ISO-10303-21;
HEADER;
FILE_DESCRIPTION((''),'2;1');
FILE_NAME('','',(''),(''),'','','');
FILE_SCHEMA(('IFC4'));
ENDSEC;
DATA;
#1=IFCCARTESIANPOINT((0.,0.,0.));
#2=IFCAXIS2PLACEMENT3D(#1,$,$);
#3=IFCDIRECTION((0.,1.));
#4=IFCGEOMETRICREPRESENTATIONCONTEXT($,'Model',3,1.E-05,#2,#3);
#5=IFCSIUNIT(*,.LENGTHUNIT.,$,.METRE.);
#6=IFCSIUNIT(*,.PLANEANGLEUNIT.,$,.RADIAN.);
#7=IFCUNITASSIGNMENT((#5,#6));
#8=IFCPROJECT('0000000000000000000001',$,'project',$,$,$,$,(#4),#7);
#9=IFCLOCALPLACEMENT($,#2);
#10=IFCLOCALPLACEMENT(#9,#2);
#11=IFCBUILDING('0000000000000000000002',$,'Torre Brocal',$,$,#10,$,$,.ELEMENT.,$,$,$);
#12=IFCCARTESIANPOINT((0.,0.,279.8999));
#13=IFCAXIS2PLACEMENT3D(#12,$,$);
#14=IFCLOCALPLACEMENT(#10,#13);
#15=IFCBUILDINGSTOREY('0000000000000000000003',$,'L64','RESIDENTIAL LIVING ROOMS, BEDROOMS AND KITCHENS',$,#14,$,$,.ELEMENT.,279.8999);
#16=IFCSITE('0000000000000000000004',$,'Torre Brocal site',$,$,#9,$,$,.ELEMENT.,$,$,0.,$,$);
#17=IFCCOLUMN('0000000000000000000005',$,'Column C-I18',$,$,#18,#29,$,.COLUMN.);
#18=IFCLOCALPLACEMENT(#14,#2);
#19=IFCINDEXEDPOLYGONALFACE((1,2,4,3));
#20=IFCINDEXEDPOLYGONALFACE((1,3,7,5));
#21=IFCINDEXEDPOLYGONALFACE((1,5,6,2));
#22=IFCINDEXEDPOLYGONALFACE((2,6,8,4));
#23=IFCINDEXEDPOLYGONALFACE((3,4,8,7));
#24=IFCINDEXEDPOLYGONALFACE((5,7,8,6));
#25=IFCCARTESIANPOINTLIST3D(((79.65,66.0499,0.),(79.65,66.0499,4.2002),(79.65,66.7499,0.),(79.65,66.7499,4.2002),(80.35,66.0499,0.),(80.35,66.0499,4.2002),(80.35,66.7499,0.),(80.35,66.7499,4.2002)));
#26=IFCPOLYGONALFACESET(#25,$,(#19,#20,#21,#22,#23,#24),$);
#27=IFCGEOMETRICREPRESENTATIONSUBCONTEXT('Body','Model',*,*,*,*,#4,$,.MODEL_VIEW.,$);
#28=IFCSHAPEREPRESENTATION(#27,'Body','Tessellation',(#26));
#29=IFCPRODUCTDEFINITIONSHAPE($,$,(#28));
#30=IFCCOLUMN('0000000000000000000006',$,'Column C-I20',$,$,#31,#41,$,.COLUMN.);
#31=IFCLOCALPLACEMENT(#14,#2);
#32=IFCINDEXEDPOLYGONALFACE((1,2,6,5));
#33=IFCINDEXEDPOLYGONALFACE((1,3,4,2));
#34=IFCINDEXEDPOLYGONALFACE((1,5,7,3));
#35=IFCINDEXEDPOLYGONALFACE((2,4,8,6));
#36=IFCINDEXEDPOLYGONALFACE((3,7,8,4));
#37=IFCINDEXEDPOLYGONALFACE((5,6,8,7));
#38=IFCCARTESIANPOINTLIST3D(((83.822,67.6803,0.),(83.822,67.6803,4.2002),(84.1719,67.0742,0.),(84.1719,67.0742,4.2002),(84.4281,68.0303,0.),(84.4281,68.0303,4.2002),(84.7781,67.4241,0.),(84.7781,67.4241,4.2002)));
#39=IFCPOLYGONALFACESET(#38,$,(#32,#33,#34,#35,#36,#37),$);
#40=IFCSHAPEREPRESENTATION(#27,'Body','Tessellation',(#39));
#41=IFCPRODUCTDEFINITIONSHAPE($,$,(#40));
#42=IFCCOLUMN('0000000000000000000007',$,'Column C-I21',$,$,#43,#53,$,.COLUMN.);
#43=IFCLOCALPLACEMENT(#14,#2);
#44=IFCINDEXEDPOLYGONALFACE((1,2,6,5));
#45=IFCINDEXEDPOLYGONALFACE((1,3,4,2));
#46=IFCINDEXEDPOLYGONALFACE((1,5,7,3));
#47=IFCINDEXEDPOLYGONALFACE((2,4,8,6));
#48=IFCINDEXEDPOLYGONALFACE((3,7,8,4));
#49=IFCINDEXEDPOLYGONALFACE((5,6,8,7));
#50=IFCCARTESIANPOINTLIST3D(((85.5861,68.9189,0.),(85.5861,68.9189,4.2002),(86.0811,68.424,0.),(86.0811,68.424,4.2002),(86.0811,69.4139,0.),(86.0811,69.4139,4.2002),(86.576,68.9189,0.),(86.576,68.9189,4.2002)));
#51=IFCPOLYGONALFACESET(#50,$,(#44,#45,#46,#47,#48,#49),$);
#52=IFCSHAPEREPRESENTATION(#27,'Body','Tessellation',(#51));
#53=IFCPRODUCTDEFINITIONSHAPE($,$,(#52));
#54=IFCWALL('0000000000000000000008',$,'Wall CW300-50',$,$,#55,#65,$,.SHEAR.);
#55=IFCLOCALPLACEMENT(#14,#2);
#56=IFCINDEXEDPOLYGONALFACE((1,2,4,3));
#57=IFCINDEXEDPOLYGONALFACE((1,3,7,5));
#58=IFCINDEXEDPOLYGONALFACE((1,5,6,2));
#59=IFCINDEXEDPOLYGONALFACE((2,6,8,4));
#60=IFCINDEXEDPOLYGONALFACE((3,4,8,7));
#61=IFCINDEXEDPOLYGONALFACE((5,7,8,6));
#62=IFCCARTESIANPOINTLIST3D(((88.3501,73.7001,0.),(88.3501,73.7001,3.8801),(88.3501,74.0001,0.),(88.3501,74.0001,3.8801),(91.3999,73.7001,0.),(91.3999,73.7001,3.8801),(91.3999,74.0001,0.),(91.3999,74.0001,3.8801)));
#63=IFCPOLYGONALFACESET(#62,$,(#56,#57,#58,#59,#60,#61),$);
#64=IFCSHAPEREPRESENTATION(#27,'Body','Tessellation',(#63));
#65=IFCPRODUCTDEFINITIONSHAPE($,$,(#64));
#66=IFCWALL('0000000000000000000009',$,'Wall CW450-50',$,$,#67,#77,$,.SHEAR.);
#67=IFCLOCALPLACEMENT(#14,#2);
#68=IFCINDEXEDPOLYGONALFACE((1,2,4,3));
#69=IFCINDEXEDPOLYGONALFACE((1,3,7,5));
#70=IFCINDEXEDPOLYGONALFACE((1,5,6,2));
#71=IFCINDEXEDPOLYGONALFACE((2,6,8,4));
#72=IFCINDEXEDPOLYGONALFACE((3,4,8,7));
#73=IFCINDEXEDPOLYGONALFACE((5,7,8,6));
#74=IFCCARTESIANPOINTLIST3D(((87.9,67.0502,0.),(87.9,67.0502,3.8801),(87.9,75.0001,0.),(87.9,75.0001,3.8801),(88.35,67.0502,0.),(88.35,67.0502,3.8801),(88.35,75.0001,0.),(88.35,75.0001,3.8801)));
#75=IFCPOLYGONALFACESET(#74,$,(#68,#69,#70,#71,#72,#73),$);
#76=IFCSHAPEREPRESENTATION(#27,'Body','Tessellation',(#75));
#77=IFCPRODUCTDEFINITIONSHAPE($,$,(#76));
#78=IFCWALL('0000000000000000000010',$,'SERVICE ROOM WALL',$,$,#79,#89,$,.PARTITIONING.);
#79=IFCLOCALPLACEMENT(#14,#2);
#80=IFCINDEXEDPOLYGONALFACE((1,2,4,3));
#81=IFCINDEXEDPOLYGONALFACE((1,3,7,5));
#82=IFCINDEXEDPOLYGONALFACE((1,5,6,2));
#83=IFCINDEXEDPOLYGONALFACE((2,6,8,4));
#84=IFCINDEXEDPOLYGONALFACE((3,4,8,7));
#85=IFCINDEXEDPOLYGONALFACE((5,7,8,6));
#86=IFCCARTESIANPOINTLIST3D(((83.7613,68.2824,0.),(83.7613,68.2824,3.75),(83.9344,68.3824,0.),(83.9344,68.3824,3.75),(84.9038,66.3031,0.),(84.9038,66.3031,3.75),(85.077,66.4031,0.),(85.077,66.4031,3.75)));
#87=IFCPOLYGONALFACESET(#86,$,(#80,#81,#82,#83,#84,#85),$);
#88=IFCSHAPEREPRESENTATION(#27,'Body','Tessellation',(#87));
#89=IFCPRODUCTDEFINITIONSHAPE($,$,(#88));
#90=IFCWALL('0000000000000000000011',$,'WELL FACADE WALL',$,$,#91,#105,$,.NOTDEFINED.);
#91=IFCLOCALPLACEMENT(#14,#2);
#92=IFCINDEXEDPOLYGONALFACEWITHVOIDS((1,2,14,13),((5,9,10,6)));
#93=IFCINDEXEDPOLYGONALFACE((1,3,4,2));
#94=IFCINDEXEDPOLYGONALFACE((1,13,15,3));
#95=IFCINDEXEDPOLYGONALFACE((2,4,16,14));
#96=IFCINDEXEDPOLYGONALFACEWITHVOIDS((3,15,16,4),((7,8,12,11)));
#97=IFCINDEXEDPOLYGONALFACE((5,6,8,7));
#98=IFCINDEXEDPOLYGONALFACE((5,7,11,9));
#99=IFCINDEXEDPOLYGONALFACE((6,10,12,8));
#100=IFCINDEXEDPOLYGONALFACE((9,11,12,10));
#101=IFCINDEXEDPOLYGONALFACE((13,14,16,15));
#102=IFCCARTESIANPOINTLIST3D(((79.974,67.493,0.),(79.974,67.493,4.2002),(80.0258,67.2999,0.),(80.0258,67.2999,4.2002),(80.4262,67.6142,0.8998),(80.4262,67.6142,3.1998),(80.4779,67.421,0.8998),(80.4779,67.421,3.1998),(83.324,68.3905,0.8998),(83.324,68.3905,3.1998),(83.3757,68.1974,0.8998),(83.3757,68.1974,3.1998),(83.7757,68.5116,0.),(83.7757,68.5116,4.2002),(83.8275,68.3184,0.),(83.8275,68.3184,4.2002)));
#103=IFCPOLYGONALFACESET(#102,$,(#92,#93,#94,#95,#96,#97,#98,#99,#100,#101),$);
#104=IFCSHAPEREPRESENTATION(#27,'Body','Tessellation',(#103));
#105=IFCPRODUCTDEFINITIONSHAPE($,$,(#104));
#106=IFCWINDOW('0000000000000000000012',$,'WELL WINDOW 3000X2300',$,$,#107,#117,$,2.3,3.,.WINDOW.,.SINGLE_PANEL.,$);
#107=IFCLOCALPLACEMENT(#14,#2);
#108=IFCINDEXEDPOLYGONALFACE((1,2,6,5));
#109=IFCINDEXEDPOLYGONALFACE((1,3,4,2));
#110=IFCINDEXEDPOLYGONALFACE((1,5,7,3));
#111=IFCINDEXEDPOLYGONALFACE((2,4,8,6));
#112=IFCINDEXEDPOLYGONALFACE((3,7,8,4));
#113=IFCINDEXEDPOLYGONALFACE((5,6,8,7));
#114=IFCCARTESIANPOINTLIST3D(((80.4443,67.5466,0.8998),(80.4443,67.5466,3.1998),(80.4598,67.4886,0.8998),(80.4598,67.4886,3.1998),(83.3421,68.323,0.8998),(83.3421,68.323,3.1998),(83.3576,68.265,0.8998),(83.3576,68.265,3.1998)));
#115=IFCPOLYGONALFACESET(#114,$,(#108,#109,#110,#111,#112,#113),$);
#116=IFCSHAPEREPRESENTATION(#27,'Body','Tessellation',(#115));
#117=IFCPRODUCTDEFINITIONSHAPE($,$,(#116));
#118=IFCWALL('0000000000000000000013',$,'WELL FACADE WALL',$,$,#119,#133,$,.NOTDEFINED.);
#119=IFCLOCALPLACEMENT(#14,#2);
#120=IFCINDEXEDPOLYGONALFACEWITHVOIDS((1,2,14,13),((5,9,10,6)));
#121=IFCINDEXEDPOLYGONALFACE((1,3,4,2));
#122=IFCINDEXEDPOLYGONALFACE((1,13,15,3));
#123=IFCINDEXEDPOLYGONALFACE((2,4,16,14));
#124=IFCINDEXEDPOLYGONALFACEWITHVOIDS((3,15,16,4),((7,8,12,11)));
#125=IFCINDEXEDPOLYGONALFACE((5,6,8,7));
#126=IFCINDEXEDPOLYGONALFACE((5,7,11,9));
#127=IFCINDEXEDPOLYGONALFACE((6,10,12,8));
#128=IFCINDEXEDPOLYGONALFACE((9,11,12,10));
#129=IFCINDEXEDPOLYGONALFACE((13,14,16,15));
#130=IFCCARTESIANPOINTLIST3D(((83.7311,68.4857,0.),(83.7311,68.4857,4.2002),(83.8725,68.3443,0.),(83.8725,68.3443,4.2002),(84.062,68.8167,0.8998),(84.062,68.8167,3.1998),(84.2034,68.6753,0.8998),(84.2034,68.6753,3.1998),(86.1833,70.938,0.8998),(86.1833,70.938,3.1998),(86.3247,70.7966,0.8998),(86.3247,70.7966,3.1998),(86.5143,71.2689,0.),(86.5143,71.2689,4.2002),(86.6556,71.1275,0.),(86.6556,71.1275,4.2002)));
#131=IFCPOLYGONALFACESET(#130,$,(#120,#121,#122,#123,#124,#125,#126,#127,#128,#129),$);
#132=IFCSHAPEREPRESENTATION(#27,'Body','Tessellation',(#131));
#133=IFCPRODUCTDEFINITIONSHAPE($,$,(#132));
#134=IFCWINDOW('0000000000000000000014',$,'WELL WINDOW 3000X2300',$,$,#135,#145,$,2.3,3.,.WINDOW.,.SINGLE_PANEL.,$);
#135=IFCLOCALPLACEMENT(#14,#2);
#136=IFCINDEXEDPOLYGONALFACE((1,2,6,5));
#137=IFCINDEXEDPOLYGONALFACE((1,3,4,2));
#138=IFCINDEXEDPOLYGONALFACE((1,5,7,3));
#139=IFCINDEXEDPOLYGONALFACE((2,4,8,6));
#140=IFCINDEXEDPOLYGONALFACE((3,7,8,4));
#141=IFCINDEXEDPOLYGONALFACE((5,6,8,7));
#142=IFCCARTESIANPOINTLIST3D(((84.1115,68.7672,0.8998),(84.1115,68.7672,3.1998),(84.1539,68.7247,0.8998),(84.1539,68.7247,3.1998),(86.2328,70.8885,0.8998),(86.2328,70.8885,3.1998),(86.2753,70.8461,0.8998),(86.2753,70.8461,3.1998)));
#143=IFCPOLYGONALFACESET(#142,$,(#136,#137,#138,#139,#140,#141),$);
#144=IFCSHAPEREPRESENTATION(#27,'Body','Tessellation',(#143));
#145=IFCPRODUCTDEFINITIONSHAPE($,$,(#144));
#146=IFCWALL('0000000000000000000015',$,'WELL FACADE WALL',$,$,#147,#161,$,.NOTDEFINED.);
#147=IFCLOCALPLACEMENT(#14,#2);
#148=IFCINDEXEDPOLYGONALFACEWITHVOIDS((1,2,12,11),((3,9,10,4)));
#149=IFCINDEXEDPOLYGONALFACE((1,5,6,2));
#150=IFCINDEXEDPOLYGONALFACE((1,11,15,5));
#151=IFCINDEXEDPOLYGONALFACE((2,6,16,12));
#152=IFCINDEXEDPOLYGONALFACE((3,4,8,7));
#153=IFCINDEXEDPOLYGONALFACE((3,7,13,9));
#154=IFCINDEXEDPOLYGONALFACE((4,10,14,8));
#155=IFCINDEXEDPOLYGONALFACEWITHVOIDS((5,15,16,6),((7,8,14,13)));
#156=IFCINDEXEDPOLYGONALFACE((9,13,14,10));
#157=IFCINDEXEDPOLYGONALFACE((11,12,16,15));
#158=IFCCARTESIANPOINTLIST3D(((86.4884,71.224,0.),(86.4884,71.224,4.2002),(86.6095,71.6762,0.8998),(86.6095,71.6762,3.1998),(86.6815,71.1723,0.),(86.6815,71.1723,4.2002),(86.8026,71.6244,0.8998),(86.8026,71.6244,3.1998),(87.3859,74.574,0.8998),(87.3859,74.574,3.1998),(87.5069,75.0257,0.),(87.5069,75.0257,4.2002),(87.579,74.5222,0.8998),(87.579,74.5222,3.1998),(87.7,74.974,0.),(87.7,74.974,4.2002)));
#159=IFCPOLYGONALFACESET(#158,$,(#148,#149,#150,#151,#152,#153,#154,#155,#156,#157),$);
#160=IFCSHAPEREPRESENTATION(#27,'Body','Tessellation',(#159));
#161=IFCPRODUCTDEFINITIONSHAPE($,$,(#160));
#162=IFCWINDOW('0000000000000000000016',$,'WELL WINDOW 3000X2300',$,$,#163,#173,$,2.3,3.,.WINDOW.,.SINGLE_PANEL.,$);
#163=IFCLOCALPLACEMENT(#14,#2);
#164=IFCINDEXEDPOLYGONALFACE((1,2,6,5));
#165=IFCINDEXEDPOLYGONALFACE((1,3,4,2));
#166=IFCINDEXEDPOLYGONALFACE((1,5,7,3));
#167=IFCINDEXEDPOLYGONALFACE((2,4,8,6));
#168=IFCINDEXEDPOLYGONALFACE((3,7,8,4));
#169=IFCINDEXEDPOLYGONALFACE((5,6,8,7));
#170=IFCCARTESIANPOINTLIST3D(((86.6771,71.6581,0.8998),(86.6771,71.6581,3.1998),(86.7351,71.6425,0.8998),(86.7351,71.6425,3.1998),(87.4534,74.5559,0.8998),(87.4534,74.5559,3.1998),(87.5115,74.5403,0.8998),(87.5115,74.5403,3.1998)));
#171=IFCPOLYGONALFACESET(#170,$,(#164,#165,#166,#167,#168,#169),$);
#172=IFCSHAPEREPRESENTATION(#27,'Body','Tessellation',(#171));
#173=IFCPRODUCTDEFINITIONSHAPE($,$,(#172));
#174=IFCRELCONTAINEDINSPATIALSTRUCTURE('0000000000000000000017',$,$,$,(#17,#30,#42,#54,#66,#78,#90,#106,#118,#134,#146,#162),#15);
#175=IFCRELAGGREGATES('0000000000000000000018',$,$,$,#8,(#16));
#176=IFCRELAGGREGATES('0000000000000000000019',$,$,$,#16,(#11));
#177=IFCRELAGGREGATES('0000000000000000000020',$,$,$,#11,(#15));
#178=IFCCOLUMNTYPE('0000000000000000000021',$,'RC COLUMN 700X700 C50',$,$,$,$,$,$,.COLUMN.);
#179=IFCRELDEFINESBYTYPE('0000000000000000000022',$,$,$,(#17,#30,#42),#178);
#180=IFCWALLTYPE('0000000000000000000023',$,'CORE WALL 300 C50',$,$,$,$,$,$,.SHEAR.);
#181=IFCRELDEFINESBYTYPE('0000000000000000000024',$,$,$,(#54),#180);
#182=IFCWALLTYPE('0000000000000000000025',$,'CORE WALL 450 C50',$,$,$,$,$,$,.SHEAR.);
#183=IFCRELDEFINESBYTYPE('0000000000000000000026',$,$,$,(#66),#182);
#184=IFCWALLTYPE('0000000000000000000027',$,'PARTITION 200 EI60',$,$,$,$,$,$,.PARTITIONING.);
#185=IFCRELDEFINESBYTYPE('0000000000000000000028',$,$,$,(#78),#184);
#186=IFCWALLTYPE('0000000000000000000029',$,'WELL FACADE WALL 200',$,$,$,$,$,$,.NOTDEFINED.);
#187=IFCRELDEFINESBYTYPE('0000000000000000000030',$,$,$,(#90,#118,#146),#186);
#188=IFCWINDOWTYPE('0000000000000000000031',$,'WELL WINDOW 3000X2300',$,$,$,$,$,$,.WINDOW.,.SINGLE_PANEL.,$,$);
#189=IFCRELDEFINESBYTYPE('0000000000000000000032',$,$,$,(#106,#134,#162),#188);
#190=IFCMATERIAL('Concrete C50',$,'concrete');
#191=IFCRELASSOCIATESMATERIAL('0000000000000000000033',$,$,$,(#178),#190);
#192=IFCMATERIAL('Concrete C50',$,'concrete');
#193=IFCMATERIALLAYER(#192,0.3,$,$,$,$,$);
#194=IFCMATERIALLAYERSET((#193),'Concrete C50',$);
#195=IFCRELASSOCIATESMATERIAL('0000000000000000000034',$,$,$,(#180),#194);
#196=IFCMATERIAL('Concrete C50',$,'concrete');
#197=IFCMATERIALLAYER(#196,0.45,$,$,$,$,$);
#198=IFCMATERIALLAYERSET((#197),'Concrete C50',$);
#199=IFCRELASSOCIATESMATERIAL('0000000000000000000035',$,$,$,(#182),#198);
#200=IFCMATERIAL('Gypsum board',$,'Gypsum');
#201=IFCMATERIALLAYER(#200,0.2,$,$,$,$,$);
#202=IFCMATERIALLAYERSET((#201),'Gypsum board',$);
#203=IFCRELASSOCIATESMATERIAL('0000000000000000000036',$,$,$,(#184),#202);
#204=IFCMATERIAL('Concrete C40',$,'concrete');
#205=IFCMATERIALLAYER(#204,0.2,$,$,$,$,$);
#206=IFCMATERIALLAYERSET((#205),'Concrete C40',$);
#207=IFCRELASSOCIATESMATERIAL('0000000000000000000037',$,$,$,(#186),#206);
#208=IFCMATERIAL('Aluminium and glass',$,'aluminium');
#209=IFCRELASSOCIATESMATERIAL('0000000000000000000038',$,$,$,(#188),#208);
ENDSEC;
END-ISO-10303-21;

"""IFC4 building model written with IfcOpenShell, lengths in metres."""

from ifc_helpers import new_model, si_unit, direction, frame, frame_2d, origin, origin_2d, place, context, subcontext, project, spatial, rectangle, extrude, material, layer, layer_set, material_profile, profile_set, type_object, element, fill, save


model = new_model("IFC4")

# Units and contexts
model_context = context("Model", 3, precision=1e-05, world=origin(), true_north=direction((0.0, 1.0)))
body_context = subcontext(model_context, "Body", "Model", "MODEL_VIEW")
ifc_project = project(units=[si_unit("LENGTHUNIT", "METRE"), si_unit("PLANEANGLEUNIT", "RADIAN")], contexts=[model_context])

# Site, building, storey
site_placement = place(None, origin())
site = spatial("IfcSite", under=ifc_project, at=site_placement, Name="Torre Brocal site", CompositionType="ELEMENT", RefElevation=0.0)
building_placement = place(site_placement, origin())
building = spatial("IfcBuilding", under=site, at=building_placement, Name="Torre Brocal", CompositionType="ELEMENT")
storey_placement = place(building_placement, frame((0.0, 0.0, 279.8999)))
storey = spatial("IfcBuildingStorey", under=building, at=storey_placement, Name="L64", Description="RESIDENTIAL LIVING ROOMS, BEDROOMS AND KITCHENS", CompositionType="ELEMENT", Elevation=279.8999)

# Columns
ifc_material_1 = material(Name="Concrete C50", Category="concrete")
ifc_material_profile = material_profile(ifc_material_1, rectangle(XDim=0.7, YDim=0.7, at=origin_2d()), Name="RC 700X700")
ifc_profile_set = profile_set([ifc_material_profile], Name="Concrete C50")
column_type = type_object("IfcColumnType", Name="RC COLUMN 700X700 C50", PredefinedType="COLUMN", material=ifc_profile_set)
for number, where, z_axis, x_axis, name in (
    (1, (80.0, 66.3999, 0.0), (0.0, 0.0, 1.0), (0.0, -1.0, 0.0), "Column C-I18"),
    (2, (84.3, 67.5522, 0.0), (0.0, 0.0, 1.0), (0.5, -0.866025, 0.0), "Column C-I20"),
    (3, (86.0811, 68.9189, 0.0), (0.0, 0.0, 1.0), (0.707107, -0.707107, 0.0), "Column C-I21"),
):
    element("IfcColumn", number, at=place(storey_placement, frame(where, z_axis=z_axis, x_axis=x_axis)), inside=storey, type_object=column_type, Name=name, PredefinedType="COLUMN", context=body_context, shape_type="SweptSolid", body=[
        extrude(rectangle(XDim=0.7, YDim=0.7, at=origin_2d()), origin(), (0.0, 0.0, 1.0), 4.2002),
    ])

# Wall
ifc_material_2 = material(Name="Concrete C50", Category="concrete")
ifc_layer_1 = layer(ifc_material_2, 0.3)
ifc_layer_set_1 = layer_set([ifc_layer_1], Name="Concrete C50")
wall_type_1 = type_object("IfcWallType", Name="CORE WALL 300 C50", PredefinedType="SHEAR", material=ifc_layer_set_1)
wall_1_placement = place(storey_placement, frame((88.3501, 73.8501, 0.0), z_axis=(0.0, 0.0, 1.0), x_axis=(1.0, 0.0, 0.0)))
element("IfcWall", 4, at=wall_1_placement, inside=storey, type_object=wall_type_1, Name="Wall CW300-50", PredefinedType="SHEAR", context=body_context, shape_type="SweptSolid", body=[
    extrude(rectangle(XDim=3.0498, YDim=0.3, at=frame_2d((1.5249, 0.0))), origin(), (0.0, 0.0, 1.0), 3.8801),
])

# Shared definitions
ifc_material_3 = material(Name="Concrete C50", Category="concrete")
ifc_layer_2 = layer(ifc_material_3, 0.45)
ifc_layer_set_2 = layer_set([ifc_layer_2], Name="Concrete C50")
wall_type_2 = type_object("IfcWallType", Name="CORE WALL 450 C50", PredefinedType="SHEAR", material=ifc_layer_set_2)

# Walls
wall_2_placement = place(storey_placement, frame((88.125, 67.05, 0.0), z_axis=(0.0, 0.0, 1.0), x_axis=(0.0, 1.0, 0.0)))
element("IfcWall", 5, at=wall_2_placement, inside=storey, type_object=wall_type_2, Name="Wall CW450-50", PredefinedType="SHEAR", context=body_context, shape_type="SweptSolid", body=[
    extrude(rectangle(XDim=7.95, YDim=0.45, at=frame_2d((3.9751, 0.0))), origin(), (0.0, 0.0, 1.0), 3.8801),
])
ifc_material_4 = material(Name="Gypsum board", Category="Gypsum")
ifc_layer_3 = layer(ifc_material_4, 0.2)
ifc_layer_set_3 = layer_set([ifc_layer_3], Name="Gypsum board")
wall_type_3 = type_object("IfcWallType", Name="PARTITION 200 EI60", PredefinedType="PARTITIONING", material=ifc_layer_set_3)
wall_3_placement = place(storey_placement, frame((83.8479, 68.3323, 0.0), z_axis=(0.0, 0.0, 1.0), x_axis=(0.499954, -0.866052, 0.0)))
element("IfcWall", 6, at=wall_3_placement, inside=storey, type_object=wall_type_3, Name="SERVICE ROOM WALL", PredefinedType="PARTITIONING", context=body_context, shape_type="SweptSolid", body=[
    extrude(rectangle(XDim=2.2854, YDim=0.2, at=frame_2d((1.1426, 0.0))), origin(), (0.0, 0.0, 1.0), 3.75),
])

# Walls, openings, windows
ifc_material_5 = material(Name="Concrete C40", Category="concrete")
ifc_layer_4 = layer(ifc_material_5, 0.2)
ifc_layer_set_4 = layer_set([ifc_layer_4], Name="Concrete C40")
wall_type_4 = type_object("IfcWallType", Name="WELL FACADE WALL 200", PredefinedType="NOTDEFINED", material=ifc_layer_set_4)
wall_4_placement = place(storey_placement, frame((80.0, 67.3965, 0.0), z_axis=(0.0, 0.0, 1.0), x_axis=(0.965934, 0.25879, 0.0)))
wall_4 = element("IfcWall", 7, at=wall_4_placement, inside=storey, type_object=wall_type_4, Name="WELL FACADE WALL", PredefinedType="NOTDEFINED", context=body_context, shape_type="SweptSolid", body=[
    extrude(rectangle(XDim=3.9358, YDim=0.2, at=frame_2d((1.9678, 0.0))), origin(), (0.0, 0.0, 1.0), 4.2002),
])
opening_1_placement = place(wall_4_placement, frame((0.468, 0.0, 0.8999)))
opening_1 = element("IfcOpeningElement", 8, at=opening_1_placement, cuts=wall_4, PredefinedType="OPENING", context=body_context, shape_type="SweptSolid", body=[
    extrude(rectangle(XDim=3.0, YDim=2.3, at=frame_2d((1.5, 1.1499))), frame((0.0, 0.1099, 0.0), z_axis=(0.0, -1.0, 0.0), x_axis=(1.0, 0.0, 0.0)), (0.0, 0.0, 1.0), 0.22),
])
ifc_material_6 = material(Name="Aluminium and glass", Category="aluminium")
window_type = type_object("IfcWindowType", Name="WELL WINDOW 3000X2300", PartitioningType="SINGLE_PANEL", PredefinedType="WINDOW", material=ifc_material_6)
window_1_placement = place(opening_1_placement, origin())
window_1 = element("IfcWindow", 9, at=window_1_placement, inside=storey, type_object=window_type, Name="WELL WINDOW 3000X2300", OverallHeight=2.3, OverallWidth=3.0, PartitioningType="SINGLE_PANEL", PredefinedType="WINDOW", context=body_context, shape_type="SweptSolid", body=[
    extrude(rectangle(XDim=3.0, YDim=2.3, at=frame_2d((1.5, 1.1499))), frame((0.0, 0.03, 0.0), z_axis=(0.0, -1.0, 0.0), x_axis=(1.0, 0.0, 0.0)), (0.0, 0.0, 1.0), 0.0601),
])
fill(opening_1, window_1)
wall_5_placement = place(storey_placement, frame((83.8018, 68.415, 0.0), z_axis=(0.0, 0.0, 1.0), x_axis=(0.707107, 0.707107, 0.0)))
wall_5 = element("IfcWall", 10, at=wall_5_placement, inside=storey, type_object=wall_type_4, Name="WELL FACADE WALL", PredefinedType="NOTDEFINED", context=body_context, shape_type="SweptSolid", body=[
    extrude(rectangle(XDim=3.936, YDim=0.2, at=frame_2d((1.968, 0.0))), origin(), (0.0, 0.0, 1.0), 4.2002),
])
opening_2_placement = place(wall_5_placement, frame((0.468, 0.0, 0.8999)))
opening_2 = element("IfcOpeningElement", 11, at=opening_2_placement, cuts=wall_5, PredefinedType="OPENING", context=body_context, shape_type="SweptSolid", body=[
    extrude(rectangle(XDim=3.0, YDim=2.3, at=frame_2d((1.5, 1.1499))), frame((0.0, 0.1099, 0.0), z_axis=(0.0, -1.0, 0.0), x_axis=(1.0, 0.0, 0.0)), (0.0, 0.0, 1.0), 0.22),
])
window_2_placement = place(opening_2_placement, origin())
window_2 = element("IfcWindow", 12, at=window_2_placement, inside=storey, type_object=window_type, Name="WELL WINDOW 3000X2300", OverallHeight=2.3, OverallWidth=3.0, PartitioningType="SINGLE_PANEL", PredefinedType="WINDOW", context=body_context, shape_type="SweptSolid", body=[
    extrude(rectangle(XDim=3.0, YDim=2.3, at=frame_2d((1.5, 1.1499))), frame((0.0, 0.03, 0.0), z_axis=(0.0, -1.0, 0.0), x_axis=(1.0, 0.0, 0.0)), (0.0, 0.0, 1.0), 0.0601),
])
fill(opening_2, window_2)
wall_6_placement = place(storey_placement, frame((86.585, 71.1982, 0.0), z_axis=(0.0, 0.0, 1.0), x_axis=(0.25879, 0.965934, 0.0)))
wall_6 = element("IfcWall", 13, at=wall_6_placement, inside=storey, type_object=wall_type_4, Name="WELL FACADE WALL", PredefinedType="NOTDEFINED", context=body_context, shape_type="SweptSolid", body=[
    extrude(rectangle(XDim=3.9358, YDim=0.2, at=frame_2d((1.9678, 0.0))), origin(), (0.0, 0.0, 1.0), 4.2002),
])
opening_3_placement = place(wall_6_placement, frame((0.468, 0.0, 0.8999)))
opening_3 = element("IfcOpeningElement", 14, at=opening_3_placement, cuts=wall_6, PredefinedType="OPENING", context=body_context, shape_type="SweptSolid", body=[
    extrude(rectangle(XDim=3.0, YDim=2.3, at=frame_2d((1.5, 1.1499))), frame((0.0, 0.1099, 0.0), z_axis=(0.0, -1.0, 0.0), x_axis=(1.0, 0.0, 0.0)), (0.0, 0.0, 1.0), 0.22),
])
window_3_placement = place(opening_3_placement, origin())
window_3 = element("IfcWindow", 15, at=window_3_placement, inside=storey, type_object=window_type, Name="WELL WINDOW 3000X2300", OverallHeight=2.3, OverallWidth=3.0, PartitioningType="SINGLE_PANEL", PredefinedType="WINDOW", context=body_context, shape_type="SweptSolid", body=[
    extrude(rectangle(XDim=3.0, YDim=2.3, at=frame_2d((1.5, 1.1499))), frame((0.0, 0.03, 0.0), z_axis=(0.0, -1.0, 0.0), x_axis=(1.0, 0.0, 0.0)), (0.0, 0.0, 1.0), 0.0601),
])
fill(opening_3, window_3)

save(model, "model.ifc")
